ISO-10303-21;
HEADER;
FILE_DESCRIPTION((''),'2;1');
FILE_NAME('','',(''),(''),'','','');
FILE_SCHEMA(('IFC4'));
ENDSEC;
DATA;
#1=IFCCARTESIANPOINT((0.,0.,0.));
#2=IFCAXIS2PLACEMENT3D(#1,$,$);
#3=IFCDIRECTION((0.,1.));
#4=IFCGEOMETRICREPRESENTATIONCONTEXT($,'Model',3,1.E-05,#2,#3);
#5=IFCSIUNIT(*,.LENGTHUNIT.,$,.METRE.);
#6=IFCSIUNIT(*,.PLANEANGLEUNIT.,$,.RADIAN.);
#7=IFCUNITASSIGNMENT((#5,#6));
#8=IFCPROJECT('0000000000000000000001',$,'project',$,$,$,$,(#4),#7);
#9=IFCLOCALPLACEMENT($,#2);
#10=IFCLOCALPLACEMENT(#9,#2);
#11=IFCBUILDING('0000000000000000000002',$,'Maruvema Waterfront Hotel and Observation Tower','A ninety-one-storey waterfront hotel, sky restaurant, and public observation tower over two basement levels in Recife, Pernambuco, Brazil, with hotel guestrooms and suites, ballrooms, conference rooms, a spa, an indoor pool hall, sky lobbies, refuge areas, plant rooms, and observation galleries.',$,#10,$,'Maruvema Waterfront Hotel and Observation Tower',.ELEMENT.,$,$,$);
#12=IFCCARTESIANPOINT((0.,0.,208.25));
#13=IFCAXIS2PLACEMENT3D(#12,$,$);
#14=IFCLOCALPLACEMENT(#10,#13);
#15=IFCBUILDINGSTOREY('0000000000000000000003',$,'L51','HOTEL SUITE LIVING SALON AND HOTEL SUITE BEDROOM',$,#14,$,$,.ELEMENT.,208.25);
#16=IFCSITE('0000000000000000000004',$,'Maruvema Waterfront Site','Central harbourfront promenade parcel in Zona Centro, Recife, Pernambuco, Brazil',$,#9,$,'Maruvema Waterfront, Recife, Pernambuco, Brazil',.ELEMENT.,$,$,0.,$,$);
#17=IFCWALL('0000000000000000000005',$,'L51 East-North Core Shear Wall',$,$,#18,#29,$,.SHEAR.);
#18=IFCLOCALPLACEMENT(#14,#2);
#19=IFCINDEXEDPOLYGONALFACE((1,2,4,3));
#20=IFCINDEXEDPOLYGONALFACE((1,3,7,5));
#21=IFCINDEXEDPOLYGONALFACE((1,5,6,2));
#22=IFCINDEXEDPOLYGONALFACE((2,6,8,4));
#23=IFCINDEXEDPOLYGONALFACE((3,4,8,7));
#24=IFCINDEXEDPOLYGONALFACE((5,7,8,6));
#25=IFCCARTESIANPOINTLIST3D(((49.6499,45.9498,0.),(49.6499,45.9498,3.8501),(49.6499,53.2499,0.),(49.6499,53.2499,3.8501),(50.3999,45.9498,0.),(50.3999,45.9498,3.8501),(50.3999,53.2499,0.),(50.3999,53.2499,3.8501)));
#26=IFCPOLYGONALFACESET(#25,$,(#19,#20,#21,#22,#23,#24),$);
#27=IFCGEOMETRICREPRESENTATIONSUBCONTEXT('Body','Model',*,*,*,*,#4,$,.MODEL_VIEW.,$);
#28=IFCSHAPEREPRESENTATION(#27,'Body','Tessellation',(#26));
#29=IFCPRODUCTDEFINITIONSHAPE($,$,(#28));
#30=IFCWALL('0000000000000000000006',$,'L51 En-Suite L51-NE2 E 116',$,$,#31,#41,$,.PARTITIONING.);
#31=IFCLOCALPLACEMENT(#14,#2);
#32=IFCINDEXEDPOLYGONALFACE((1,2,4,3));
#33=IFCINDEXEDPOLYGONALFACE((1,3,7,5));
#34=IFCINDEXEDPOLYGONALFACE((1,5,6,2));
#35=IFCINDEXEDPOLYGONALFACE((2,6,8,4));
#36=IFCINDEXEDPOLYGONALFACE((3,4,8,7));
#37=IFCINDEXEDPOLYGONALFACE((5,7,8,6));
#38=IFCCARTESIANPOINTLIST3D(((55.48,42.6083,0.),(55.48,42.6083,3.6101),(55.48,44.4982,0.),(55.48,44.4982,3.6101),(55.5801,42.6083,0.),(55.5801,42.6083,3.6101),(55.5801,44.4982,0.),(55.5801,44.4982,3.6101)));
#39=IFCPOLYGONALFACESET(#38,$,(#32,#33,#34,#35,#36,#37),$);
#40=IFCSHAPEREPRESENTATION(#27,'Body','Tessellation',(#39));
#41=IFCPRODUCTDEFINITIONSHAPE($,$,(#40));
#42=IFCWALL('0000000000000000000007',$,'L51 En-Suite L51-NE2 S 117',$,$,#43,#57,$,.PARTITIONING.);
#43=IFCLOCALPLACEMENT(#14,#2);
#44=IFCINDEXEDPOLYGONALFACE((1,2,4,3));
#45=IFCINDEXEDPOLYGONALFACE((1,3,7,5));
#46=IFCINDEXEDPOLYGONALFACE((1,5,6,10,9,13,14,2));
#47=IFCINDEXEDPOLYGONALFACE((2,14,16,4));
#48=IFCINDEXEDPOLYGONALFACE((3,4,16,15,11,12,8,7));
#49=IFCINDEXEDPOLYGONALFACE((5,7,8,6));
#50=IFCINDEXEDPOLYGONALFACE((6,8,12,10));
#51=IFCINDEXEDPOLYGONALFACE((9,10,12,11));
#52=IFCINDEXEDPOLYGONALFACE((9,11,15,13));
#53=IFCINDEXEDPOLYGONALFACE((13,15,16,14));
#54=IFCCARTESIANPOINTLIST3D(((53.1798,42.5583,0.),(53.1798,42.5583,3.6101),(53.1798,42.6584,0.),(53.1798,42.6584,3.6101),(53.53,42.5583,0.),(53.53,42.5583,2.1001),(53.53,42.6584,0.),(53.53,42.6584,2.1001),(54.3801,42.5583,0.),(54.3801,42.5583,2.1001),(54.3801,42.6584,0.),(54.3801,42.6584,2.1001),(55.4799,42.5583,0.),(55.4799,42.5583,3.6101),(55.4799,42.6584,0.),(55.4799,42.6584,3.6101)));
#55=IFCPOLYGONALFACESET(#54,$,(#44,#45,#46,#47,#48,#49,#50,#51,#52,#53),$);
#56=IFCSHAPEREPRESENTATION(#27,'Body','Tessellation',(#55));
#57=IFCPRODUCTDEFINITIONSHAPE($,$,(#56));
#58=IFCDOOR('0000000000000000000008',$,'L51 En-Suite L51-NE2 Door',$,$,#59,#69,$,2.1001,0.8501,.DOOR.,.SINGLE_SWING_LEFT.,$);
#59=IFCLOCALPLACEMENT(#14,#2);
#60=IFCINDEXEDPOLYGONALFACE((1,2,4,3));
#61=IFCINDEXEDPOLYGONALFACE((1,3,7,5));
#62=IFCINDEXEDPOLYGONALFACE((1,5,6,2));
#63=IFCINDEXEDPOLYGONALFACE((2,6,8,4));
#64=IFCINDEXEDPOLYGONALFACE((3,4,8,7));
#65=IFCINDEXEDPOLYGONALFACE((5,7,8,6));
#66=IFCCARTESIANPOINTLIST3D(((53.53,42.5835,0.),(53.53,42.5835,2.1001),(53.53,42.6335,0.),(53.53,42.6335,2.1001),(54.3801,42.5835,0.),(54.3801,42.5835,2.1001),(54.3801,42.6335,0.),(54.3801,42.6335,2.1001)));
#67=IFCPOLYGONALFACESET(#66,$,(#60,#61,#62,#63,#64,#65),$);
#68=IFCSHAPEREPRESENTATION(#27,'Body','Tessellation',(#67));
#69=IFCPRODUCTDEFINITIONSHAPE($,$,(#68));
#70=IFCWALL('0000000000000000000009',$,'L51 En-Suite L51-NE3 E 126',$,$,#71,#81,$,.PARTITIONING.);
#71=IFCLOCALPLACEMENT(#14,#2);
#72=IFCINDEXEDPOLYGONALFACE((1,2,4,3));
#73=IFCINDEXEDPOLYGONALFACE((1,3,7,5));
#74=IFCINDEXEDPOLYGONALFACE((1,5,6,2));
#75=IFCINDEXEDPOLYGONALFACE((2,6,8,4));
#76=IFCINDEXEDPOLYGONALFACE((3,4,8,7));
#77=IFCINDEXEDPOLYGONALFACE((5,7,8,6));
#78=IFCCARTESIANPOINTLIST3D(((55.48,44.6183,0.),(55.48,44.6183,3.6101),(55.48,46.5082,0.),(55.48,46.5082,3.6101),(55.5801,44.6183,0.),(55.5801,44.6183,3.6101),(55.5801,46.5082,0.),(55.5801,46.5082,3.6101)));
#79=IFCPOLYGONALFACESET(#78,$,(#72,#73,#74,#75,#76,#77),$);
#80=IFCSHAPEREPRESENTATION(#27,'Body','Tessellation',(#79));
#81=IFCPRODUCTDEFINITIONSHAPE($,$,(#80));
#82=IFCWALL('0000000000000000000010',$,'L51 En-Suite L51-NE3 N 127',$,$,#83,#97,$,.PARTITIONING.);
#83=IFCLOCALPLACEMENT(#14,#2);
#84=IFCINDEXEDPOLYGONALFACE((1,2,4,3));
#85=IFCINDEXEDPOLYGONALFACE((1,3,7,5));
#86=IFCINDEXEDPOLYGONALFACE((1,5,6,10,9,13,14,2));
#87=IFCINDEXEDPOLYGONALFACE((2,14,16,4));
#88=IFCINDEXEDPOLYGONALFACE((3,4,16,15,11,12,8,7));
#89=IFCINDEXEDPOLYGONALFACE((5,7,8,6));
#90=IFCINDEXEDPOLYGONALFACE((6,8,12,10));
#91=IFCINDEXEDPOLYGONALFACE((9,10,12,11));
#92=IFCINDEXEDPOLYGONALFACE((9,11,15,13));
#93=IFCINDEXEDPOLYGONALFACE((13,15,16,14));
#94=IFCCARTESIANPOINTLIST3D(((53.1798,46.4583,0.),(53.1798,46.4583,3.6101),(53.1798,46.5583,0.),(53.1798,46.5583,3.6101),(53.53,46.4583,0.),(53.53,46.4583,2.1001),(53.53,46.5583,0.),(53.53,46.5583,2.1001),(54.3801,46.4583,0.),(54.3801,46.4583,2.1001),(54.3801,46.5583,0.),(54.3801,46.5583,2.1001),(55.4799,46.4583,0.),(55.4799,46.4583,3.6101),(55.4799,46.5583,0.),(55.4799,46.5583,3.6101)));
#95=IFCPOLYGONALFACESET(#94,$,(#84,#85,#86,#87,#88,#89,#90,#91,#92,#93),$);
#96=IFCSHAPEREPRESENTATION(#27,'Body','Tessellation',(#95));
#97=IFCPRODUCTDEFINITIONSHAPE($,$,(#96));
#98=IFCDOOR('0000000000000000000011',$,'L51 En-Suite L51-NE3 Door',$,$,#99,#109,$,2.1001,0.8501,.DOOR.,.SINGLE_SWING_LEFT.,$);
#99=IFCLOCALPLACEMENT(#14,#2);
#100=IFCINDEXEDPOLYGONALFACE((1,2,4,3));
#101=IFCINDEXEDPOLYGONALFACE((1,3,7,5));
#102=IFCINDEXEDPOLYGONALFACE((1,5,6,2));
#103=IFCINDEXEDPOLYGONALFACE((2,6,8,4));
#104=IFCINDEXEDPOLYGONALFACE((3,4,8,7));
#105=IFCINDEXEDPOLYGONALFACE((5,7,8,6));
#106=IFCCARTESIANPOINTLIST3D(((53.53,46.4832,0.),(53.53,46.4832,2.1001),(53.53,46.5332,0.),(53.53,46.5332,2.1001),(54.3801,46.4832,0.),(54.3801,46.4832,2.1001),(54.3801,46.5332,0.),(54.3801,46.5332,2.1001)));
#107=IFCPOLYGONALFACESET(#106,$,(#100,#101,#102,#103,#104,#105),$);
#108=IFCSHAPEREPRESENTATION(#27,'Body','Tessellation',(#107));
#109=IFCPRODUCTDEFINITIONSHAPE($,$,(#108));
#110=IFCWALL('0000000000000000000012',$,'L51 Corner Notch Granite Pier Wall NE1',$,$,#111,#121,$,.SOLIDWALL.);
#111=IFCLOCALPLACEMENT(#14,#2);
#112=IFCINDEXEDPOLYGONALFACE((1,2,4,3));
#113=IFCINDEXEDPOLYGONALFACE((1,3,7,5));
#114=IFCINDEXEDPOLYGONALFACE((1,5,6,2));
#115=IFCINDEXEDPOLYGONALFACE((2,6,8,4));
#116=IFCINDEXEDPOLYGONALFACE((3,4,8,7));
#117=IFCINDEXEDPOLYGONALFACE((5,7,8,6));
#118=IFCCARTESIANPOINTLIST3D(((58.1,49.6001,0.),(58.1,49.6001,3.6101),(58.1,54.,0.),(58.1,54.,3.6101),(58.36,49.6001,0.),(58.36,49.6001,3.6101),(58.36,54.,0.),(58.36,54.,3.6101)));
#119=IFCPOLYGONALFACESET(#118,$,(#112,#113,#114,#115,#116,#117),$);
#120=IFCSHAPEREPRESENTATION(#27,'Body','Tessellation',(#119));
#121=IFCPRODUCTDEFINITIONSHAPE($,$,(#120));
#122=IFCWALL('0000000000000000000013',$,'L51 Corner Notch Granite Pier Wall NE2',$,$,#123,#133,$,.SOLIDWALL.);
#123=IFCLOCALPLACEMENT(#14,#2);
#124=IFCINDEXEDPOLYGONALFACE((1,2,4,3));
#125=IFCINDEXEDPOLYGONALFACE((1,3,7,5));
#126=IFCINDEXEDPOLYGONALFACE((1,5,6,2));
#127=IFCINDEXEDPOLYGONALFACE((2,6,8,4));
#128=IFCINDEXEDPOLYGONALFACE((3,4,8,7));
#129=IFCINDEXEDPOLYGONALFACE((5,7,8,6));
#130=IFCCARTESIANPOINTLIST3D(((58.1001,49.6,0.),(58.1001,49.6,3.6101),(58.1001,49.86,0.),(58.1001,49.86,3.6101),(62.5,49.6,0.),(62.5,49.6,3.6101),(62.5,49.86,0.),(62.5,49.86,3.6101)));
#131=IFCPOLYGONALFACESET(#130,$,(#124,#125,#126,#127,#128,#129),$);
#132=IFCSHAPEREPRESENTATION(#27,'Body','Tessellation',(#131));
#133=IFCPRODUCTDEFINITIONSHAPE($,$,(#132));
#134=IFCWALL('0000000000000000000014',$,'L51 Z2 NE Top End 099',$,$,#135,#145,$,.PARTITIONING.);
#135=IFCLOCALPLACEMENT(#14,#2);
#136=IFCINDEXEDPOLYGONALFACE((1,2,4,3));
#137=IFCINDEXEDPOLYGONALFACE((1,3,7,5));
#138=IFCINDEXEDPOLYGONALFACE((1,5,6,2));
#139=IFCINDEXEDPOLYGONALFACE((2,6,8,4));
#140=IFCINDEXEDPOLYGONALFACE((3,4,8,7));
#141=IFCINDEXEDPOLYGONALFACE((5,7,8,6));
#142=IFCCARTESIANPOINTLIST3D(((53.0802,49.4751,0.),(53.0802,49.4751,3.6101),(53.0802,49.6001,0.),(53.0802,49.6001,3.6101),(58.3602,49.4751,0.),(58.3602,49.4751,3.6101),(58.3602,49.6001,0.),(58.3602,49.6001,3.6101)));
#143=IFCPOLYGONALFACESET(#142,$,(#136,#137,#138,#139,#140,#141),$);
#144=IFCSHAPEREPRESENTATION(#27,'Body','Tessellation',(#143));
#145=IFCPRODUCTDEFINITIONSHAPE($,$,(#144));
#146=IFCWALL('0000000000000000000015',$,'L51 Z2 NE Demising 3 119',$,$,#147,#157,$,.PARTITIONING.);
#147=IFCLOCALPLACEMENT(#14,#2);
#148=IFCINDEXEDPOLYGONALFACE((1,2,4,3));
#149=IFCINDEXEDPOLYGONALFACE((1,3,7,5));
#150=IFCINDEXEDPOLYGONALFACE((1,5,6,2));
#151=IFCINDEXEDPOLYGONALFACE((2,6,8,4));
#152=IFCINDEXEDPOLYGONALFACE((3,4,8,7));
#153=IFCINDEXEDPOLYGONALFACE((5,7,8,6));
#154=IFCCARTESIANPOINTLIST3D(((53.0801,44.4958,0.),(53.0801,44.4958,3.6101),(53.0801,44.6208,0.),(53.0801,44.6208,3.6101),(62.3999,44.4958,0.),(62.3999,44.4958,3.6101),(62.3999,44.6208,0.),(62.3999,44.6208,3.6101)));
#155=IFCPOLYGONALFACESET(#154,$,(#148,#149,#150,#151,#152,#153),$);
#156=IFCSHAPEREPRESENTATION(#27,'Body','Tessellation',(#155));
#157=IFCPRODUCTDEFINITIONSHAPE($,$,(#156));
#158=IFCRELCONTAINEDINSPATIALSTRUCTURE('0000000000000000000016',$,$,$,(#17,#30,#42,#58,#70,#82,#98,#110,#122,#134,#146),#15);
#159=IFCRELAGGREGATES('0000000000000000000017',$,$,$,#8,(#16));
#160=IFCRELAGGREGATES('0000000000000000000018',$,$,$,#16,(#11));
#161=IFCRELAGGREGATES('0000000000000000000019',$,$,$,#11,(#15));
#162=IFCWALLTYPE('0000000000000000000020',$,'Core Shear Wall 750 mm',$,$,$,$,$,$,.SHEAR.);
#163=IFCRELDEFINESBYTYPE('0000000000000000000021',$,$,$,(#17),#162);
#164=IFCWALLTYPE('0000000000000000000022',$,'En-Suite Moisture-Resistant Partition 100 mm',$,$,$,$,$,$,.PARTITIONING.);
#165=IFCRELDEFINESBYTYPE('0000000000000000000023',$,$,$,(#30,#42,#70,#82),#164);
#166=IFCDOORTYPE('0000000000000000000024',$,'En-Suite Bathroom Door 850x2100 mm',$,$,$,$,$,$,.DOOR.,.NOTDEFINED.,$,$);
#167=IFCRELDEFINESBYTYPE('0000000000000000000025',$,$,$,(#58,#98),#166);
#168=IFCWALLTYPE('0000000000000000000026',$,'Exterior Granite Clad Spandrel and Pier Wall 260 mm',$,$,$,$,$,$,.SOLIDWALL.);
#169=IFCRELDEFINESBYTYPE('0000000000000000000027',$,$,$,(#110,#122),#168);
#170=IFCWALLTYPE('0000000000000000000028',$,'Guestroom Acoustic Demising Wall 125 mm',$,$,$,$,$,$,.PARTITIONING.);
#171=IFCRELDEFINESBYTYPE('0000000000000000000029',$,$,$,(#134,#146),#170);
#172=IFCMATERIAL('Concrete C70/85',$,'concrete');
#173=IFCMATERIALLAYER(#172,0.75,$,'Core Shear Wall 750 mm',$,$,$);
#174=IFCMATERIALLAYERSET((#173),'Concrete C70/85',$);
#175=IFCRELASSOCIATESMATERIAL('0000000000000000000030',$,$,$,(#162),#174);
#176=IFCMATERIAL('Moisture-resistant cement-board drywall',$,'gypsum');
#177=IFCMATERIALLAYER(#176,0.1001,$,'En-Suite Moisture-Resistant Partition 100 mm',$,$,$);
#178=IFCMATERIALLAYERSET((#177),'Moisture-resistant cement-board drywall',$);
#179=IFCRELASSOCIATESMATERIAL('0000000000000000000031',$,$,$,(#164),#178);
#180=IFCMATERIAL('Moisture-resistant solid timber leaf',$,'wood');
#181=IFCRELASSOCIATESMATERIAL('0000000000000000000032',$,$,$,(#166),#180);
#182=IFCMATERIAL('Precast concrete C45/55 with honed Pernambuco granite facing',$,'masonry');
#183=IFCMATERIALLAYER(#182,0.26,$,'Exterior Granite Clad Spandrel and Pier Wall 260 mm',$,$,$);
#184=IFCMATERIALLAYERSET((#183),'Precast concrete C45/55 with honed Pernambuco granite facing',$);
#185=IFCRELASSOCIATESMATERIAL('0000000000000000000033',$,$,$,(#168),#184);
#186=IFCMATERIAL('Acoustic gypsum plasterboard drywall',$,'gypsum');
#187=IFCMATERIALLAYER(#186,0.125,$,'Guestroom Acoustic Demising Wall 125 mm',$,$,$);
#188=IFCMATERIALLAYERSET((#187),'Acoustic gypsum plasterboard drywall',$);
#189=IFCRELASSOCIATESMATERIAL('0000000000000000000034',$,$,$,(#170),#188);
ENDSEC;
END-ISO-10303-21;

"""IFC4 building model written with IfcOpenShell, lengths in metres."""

from ifc_helpers import new_model, si_unit, direction, frame, frame_2d, origin, place, context, subcontext, project, spatial, rectangle, extrude, material, layer, layer_set, type_object, element, fill, save


model = new_model("IFC4")

# Units and contexts
model_context = context("Model", 3, precision=1e-05, world=origin(), true_north=direction((0.0, 1.0)))
body_context = subcontext(model_context, "Body", "Model", "MODEL_VIEW")
ifc_project = project(units=[si_unit("LENGTHUNIT", "METRE"), si_unit("PLANEANGLEUNIT", "RADIAN")], contexts=[model_context])

# Site, building, storey
site_placement = place(None, origin())
site = spatial("IfcSite", under=ifc_project, at=site_placement, Name="Maruvema Waterfront Site", Description="Central harbourfront promenade parcel in Zona Centro, Recife, Pernambuco, Brazil", LongName="Maruvema Waterfront, Recife, Pernambuco, Brazil", CompositionType="ELEMENT", RefElevation=0.0)
building_placement = place(site_placement, origin())
building = spatial("IfcBuilding", under=site, at=building_placement, Name="Maruvema Waterfront Hotel and Observation Tower", Description="A ninety-one-storey waterfront hotel, sky restaurant, and public observation tower over two basement levels in Recife, Pernambuco, Brazil, with hotel guestrooms and suites, ballrooms, conference rooms, a spa, an indoor pool hall, sky lobbies, refuge areas, plant rooms, and observation galleries.", LongName="Maruvema Waterfront Hotel and Observation Tower", CompositionType="ELEMENT")
storey_placement = place(building_placement, frame((0.0, 0.0, 208.25)))
storey = spatial("IfcBuildingStorey", under=building, at=storey_placement, Name="L51", Description="HOTEL SUITE LIVING SALON AND HOTEL SUITE BEDROOM", CompositionType="ELEMENT", Elevation=208.25)

# Walls
ifc_material_1 = material(Name="Concrete C70/85", Category="concrete")
ifc_layer_1 = layer(ifc_material_1, 0.75, Name="Core Shear Wall 750 mm")
ifc_layer_set_1 = layer_set([ifc_layer_1], Name="Concrete C70/85")
wall_type_1 = type_object("IfcWallType", Name="Core Shear Wall 750 mm", PredefinedType="SHEAR", material=ifc_layer_set_1)
wall_1_placement = place(storey_placement, frame((50.0249, 45.95, 0.0), z_axis=(0.0, 0.0, 1.0), x_axis=(0.0, 1.0, 0.0)))
element("IfcWall", 1, at=wall_1_placement, inside=storey, type_object=wall_type_1, Name="L51 East-North Core Shear Wall", PredefinedType="SHEAR", context=body_context, shape_type="SweptSolid", body=[
    extrude(rectangle(XDim=7.3, YDim=0.75, at=frame_2d((3.6499, 0.0))), origin(), (0.0, 0.0, 1.0), 3.8501),
])
ifc_material_2 = material(Name="Moisture-resistant cement-board drywall", Category="gypsum")
ifc_layer_2 = layer(ifc_material_2, 0.1001, Name="En-Suite Moisture-Resistant Partition 100 mm")
ifc_layer_set_2 = layer_set([ifc_layer_2], Name="Moisture-resistant cement-board drywall")
wall_type_2 = type_object("IfcWallType", Name="En-Suite Moisture-Resistant Partition 100 mm", PredefinedType="PARTITIONING", material=ifc_layer_set_2)
wall_2_placement = place(storey_placement, frame((55.53, 42.6084, 0.0), z_axis=(0.0, 0.0, 1.0), x_axis=(0.0, 1.0, 0.0)))
element("IfcWall", 2, at=wall_2_placement, inside=storey, type_object=wall_type_2, Name="L51 En-Suite L51-NE2 E 116", PredefinedType="PARTITIONING", context=body_context, shape_type="SweptSolid", body=[
    extrude(rectangle(XDim=1.8899, YDim=0.1001, at=frame_2d((0.9448, 0.0))), origin(), (0.0, 0.0, 1.0), 3.6101),
])

# Wall, opening, door
wall_3_placement = place(storey_placement, frame((53.1799, 42.6084, 0.0), z_axis=(0.0, 0.0, 1.0), x_axis=(1.0, 0.0, 0.0)))
wall_3 = element("IfcWall", 3, at=wall_3_placement, inside=storey, type_object=wall_type_2, Name="L51 En-Suite L51-NE2 S 117", PredefinedType="PARTITIONING", context=body_context, shape_type="SweptSolid", body=[
    extrude(rectangle(XDim=2.3, YDim=0.1001, at=frame_2d((1.1499, 0.0))), origin(), (0.0, 0.0, 1.0), 3.6101),
])
opening_1_placement = place(wall_3_placement, frame((0.3501, 0.0, 0.0)))
opening_1 = element("IfcOpeningElement", 4, at=opening_1_placement, cuts=wall_3, PredefinedType="OPENING", context=body_context, shape_type="SweptSolid", body=[
    extrude(rectangle(XDim=0.8501, YDim=2.1001, at=frame_2d((0.425, 1.05))), frame((0.0, 0.0601, 0.0), z_axis=(0.0, -1.0, 0.0), x_axis=(1.0, 0.0, 0.0)), (0.0, 0.0, 1.0), 0.1201),
])
ifc_material_3 = material(Name="Moisture-resistant solid timber leaf", Category="wood")
door_type_1 = type_object("IfcDoorType", Name="En-Suite Bathroom Door 850x2100 mm", OperationType="NOTDEFINED", PredefinedType="DOOR", material=ifc_material_3)
door_1_placement = place(opening_1_placement, frame((0.8501, 0.0, 0.0), z_axis=(0.0, 0.0, 1.0), x_axis=(-1.0, 0.0, 0.0)))
door_1 = element("IfcDoor", 5, at=door_1_placement, inside=storey, type_object=door_type_1, Name="L51 En-Suite L51-NE2 Door", OperationType="SINGLE_SWING_LEFT", OverallHeight=2.1001, OverallWidth=0.8501, PredefinedType="DOOR", context=body_context, shape_type="SweptSolid", body=[
    extrude(rectangle(XDim=0.8501, YDim=2.1001, at=frame_2d((0.425, 1.05))), frame((0.0, 0.0249, 0.0), z_axis=(0.0, -1.0, 0.0), x_axis=(1.0, 0.0, 0.0)), (0.0, 0.0, 1.0), 0.05),
])
fill(opening_1, door_1)

# Wall
wall_4_placement = place(storey_placement, frame((55.53, 44.6184, 0.0), z_axis=(0.0, 0.0, 1.0), x_axis=(0.0, 1.0, 0.0)))
element("IfcWall", 6, at=wall_4_placement, inside=storey, type_object=wall_type_2, Name="L51 En-Suite L51-NE3 E 126", PredefinedType="PARTITIONING", context=body_context, shape_type="SweptSolid", body=[
    extrude(rectangle(XDim=1.8899, YDim=0.1001, at=frame_2d((0.9448, 0.0))), origin(), (0.0, 0.0, 1.0), 3.6101),
])

# Wall, opening, door
wall_5_placement = place(storey_placement, frame((53.1799, 46.5083, 0.0), z_axis=(0.0, 0.0, 1.0), x_axis=(1.0, 0.0, 0.0)))
wall_5 = element("IfcWall", 7, at=wall_5_placement, inside=storey, type_object=wall_type_2, Name="L51 En-Suite L51-NE3 N 127", PredefinedType="PARTITIONING", context=body_context, shape_type="SweptSolid", body=[
    extrude(rectangle(XDim=2.3, YDim=0.1001, at=frame_2d((1.1499, 0.0))), origin(), (0.0, 0.0, 1.0), 3.6101),
])
opening_2_placement = place(wall_5_placement, frame((0.3501, 0.0, 0.0)))
opening_2 = element("IfcOpeningElement", 8, at=opening_2_placement, cuts=wall_5, PredefinedType="OPENING", context=body_context, shape_type="SweptSolid", body=[
    extrude(rectangle(XDim=0.8501, YDim=2.1001, at=frame_2d((0.425, 1.05))), frame((0.0, 0.0601, 0.0), z_axis=(0.0, -1.0, 0.0), x_axis=(1.0, 0.0, 0.0)), (0.0, 0.0, 1.0), 0.1201),
])
door_2_placement = place(opening_2_placement, origin())
door_2 = element("IfcDoor", 9, at=door_2_placement, inside=storey, type_object=door_type_1, Name="L51 En-Suite L51-NE3 Door", OperationType="SINGLE_SWING_LEFT", OverallHeight=2.1001, OverallWidth=0.8501, PredefinedType="DOOR", context=body_context, shape_type="SweptSolid", body=[
    extrude(rectangle(XDim=0.8501, YDim=2.1001, at=frame_2d((0.425, 1.05))), frame((0.0, 0.0249, 0.0), z_axis=(0.0, -1.0, 0.0), x_axis=(1.0, 0.0, 0.0)), (0.0, 0.0, 1.0), 0.05),
])
fill(opening_2, door_2)

# Walls
ifc_material_4 = material(Name="Precast concrete C45/55 with honed Pernambuco granite facing", Category="masonry")
ifc_layer_3 = layer(ifc_material_4, 0.26, Name="Exterior Granite Clad Spandrel and Pier Wall 260 mm")
ifc_layer_set_3 = layer_set([ifc_layer_3], Name="Precast concrete C45/55 with honed Pernambuco granite facing")
wall_type_3 = type_object("IfcWallType", Name="Exterior Granite Clad Spandrel and Pier Wall 260 mm", PredefinedType="SOLIDWALL", material=ifc_layer_set_3)
for number, where, z_axis, x_axis, name in (
    (10, (58.23, 54.0, 0.0), (0.0, 0.0, 1.0), (0.0, -1.0, 0.0), "L51 Corner Notch Granite Pier Wall NE1"),
    (11, (58.1001, 49.73, 0.0), (0.0, 0.0, 1.0), (1.0, 0.0, 0.0), "L51 Corner Notch Granite Pier Wall NE2"),
):
    element("IfcWall", number, at=place(storey_placement, frame(where, z_axis=z_axis, x_axis=x_axis)), inside=storey, type_object=wall_type_3, Name=name, PredefinedType="SOLIDWALL", context=body_context, shape_type="SweptSolid", body=[
        extrude(rectangle(XDim=4.3999, YDim=0.26, at=frame_2d((2.2, 0.0))), origin(), (0.0, 0.0, 1.0), 3.6101),
    ])
ifc_material_5 = material(Name="Acoustic gypsum plasterboard drywall", Category="gypsum")
ifc_layer_4 = layer(ifc_material_5, 0.125, Name="Guestroom Acoustic Demising Wall 125 mm")
ifc_layer_set_4 = layer_set([ifc_layer_4], Name="Acoustic gypsum plasterboard drywall")
wall_type_4 = type_object("IfcWallType", Name="Guestroom Acoustic Demising Wall 125 mm", PredefinedType="PARTITIONING", material=ifc_layer_set_4)
wall_6_placement = place(storey_placement, frame((53.0801, 49.5376, 0.0), z_axis=(0.0, 0.0, 1.0), x_axis=(1.0, 0.0, 0.0)))
element("IfcWall", 12, at=wall_6_placement, inside=storey, type_object=wall_type_4, Name="L51 Z2 NE Top End 099", PredefinedType="PARTITIONING", context=body_context, shape_type="SweptSolid", body=[
    extrude(rectangle(XDim=5.28, YDim=0.125, at=frame_2d((2.6401, 0.0))), origin(), (0.0, 0.0, 1.0), 3.6101),
])
wall_7_placement = place(storey_placement, frame((53.0801, 44.5583, 0.0), z_axis=(0.0, 0.0, 1.0), x_axis=(1.0, 0.0, 0.0)))
element("IfcWall", 13, at=wall_7_placement, inside=storey, type_object=wall_type_4, Name="L51 Z2 NE Demising 3 119", PredefinedType="PARTITIONING", context=body_context, shape_type="SweptSolid", body=[
    extrude(rectangle(XDim=9.3198, YDim=0.125, at=frame_2d((4.6599, 0.0))), origin(), (0.0, 0.0, 1.0), 3.6101),
])

save(model, "model.ifc")
